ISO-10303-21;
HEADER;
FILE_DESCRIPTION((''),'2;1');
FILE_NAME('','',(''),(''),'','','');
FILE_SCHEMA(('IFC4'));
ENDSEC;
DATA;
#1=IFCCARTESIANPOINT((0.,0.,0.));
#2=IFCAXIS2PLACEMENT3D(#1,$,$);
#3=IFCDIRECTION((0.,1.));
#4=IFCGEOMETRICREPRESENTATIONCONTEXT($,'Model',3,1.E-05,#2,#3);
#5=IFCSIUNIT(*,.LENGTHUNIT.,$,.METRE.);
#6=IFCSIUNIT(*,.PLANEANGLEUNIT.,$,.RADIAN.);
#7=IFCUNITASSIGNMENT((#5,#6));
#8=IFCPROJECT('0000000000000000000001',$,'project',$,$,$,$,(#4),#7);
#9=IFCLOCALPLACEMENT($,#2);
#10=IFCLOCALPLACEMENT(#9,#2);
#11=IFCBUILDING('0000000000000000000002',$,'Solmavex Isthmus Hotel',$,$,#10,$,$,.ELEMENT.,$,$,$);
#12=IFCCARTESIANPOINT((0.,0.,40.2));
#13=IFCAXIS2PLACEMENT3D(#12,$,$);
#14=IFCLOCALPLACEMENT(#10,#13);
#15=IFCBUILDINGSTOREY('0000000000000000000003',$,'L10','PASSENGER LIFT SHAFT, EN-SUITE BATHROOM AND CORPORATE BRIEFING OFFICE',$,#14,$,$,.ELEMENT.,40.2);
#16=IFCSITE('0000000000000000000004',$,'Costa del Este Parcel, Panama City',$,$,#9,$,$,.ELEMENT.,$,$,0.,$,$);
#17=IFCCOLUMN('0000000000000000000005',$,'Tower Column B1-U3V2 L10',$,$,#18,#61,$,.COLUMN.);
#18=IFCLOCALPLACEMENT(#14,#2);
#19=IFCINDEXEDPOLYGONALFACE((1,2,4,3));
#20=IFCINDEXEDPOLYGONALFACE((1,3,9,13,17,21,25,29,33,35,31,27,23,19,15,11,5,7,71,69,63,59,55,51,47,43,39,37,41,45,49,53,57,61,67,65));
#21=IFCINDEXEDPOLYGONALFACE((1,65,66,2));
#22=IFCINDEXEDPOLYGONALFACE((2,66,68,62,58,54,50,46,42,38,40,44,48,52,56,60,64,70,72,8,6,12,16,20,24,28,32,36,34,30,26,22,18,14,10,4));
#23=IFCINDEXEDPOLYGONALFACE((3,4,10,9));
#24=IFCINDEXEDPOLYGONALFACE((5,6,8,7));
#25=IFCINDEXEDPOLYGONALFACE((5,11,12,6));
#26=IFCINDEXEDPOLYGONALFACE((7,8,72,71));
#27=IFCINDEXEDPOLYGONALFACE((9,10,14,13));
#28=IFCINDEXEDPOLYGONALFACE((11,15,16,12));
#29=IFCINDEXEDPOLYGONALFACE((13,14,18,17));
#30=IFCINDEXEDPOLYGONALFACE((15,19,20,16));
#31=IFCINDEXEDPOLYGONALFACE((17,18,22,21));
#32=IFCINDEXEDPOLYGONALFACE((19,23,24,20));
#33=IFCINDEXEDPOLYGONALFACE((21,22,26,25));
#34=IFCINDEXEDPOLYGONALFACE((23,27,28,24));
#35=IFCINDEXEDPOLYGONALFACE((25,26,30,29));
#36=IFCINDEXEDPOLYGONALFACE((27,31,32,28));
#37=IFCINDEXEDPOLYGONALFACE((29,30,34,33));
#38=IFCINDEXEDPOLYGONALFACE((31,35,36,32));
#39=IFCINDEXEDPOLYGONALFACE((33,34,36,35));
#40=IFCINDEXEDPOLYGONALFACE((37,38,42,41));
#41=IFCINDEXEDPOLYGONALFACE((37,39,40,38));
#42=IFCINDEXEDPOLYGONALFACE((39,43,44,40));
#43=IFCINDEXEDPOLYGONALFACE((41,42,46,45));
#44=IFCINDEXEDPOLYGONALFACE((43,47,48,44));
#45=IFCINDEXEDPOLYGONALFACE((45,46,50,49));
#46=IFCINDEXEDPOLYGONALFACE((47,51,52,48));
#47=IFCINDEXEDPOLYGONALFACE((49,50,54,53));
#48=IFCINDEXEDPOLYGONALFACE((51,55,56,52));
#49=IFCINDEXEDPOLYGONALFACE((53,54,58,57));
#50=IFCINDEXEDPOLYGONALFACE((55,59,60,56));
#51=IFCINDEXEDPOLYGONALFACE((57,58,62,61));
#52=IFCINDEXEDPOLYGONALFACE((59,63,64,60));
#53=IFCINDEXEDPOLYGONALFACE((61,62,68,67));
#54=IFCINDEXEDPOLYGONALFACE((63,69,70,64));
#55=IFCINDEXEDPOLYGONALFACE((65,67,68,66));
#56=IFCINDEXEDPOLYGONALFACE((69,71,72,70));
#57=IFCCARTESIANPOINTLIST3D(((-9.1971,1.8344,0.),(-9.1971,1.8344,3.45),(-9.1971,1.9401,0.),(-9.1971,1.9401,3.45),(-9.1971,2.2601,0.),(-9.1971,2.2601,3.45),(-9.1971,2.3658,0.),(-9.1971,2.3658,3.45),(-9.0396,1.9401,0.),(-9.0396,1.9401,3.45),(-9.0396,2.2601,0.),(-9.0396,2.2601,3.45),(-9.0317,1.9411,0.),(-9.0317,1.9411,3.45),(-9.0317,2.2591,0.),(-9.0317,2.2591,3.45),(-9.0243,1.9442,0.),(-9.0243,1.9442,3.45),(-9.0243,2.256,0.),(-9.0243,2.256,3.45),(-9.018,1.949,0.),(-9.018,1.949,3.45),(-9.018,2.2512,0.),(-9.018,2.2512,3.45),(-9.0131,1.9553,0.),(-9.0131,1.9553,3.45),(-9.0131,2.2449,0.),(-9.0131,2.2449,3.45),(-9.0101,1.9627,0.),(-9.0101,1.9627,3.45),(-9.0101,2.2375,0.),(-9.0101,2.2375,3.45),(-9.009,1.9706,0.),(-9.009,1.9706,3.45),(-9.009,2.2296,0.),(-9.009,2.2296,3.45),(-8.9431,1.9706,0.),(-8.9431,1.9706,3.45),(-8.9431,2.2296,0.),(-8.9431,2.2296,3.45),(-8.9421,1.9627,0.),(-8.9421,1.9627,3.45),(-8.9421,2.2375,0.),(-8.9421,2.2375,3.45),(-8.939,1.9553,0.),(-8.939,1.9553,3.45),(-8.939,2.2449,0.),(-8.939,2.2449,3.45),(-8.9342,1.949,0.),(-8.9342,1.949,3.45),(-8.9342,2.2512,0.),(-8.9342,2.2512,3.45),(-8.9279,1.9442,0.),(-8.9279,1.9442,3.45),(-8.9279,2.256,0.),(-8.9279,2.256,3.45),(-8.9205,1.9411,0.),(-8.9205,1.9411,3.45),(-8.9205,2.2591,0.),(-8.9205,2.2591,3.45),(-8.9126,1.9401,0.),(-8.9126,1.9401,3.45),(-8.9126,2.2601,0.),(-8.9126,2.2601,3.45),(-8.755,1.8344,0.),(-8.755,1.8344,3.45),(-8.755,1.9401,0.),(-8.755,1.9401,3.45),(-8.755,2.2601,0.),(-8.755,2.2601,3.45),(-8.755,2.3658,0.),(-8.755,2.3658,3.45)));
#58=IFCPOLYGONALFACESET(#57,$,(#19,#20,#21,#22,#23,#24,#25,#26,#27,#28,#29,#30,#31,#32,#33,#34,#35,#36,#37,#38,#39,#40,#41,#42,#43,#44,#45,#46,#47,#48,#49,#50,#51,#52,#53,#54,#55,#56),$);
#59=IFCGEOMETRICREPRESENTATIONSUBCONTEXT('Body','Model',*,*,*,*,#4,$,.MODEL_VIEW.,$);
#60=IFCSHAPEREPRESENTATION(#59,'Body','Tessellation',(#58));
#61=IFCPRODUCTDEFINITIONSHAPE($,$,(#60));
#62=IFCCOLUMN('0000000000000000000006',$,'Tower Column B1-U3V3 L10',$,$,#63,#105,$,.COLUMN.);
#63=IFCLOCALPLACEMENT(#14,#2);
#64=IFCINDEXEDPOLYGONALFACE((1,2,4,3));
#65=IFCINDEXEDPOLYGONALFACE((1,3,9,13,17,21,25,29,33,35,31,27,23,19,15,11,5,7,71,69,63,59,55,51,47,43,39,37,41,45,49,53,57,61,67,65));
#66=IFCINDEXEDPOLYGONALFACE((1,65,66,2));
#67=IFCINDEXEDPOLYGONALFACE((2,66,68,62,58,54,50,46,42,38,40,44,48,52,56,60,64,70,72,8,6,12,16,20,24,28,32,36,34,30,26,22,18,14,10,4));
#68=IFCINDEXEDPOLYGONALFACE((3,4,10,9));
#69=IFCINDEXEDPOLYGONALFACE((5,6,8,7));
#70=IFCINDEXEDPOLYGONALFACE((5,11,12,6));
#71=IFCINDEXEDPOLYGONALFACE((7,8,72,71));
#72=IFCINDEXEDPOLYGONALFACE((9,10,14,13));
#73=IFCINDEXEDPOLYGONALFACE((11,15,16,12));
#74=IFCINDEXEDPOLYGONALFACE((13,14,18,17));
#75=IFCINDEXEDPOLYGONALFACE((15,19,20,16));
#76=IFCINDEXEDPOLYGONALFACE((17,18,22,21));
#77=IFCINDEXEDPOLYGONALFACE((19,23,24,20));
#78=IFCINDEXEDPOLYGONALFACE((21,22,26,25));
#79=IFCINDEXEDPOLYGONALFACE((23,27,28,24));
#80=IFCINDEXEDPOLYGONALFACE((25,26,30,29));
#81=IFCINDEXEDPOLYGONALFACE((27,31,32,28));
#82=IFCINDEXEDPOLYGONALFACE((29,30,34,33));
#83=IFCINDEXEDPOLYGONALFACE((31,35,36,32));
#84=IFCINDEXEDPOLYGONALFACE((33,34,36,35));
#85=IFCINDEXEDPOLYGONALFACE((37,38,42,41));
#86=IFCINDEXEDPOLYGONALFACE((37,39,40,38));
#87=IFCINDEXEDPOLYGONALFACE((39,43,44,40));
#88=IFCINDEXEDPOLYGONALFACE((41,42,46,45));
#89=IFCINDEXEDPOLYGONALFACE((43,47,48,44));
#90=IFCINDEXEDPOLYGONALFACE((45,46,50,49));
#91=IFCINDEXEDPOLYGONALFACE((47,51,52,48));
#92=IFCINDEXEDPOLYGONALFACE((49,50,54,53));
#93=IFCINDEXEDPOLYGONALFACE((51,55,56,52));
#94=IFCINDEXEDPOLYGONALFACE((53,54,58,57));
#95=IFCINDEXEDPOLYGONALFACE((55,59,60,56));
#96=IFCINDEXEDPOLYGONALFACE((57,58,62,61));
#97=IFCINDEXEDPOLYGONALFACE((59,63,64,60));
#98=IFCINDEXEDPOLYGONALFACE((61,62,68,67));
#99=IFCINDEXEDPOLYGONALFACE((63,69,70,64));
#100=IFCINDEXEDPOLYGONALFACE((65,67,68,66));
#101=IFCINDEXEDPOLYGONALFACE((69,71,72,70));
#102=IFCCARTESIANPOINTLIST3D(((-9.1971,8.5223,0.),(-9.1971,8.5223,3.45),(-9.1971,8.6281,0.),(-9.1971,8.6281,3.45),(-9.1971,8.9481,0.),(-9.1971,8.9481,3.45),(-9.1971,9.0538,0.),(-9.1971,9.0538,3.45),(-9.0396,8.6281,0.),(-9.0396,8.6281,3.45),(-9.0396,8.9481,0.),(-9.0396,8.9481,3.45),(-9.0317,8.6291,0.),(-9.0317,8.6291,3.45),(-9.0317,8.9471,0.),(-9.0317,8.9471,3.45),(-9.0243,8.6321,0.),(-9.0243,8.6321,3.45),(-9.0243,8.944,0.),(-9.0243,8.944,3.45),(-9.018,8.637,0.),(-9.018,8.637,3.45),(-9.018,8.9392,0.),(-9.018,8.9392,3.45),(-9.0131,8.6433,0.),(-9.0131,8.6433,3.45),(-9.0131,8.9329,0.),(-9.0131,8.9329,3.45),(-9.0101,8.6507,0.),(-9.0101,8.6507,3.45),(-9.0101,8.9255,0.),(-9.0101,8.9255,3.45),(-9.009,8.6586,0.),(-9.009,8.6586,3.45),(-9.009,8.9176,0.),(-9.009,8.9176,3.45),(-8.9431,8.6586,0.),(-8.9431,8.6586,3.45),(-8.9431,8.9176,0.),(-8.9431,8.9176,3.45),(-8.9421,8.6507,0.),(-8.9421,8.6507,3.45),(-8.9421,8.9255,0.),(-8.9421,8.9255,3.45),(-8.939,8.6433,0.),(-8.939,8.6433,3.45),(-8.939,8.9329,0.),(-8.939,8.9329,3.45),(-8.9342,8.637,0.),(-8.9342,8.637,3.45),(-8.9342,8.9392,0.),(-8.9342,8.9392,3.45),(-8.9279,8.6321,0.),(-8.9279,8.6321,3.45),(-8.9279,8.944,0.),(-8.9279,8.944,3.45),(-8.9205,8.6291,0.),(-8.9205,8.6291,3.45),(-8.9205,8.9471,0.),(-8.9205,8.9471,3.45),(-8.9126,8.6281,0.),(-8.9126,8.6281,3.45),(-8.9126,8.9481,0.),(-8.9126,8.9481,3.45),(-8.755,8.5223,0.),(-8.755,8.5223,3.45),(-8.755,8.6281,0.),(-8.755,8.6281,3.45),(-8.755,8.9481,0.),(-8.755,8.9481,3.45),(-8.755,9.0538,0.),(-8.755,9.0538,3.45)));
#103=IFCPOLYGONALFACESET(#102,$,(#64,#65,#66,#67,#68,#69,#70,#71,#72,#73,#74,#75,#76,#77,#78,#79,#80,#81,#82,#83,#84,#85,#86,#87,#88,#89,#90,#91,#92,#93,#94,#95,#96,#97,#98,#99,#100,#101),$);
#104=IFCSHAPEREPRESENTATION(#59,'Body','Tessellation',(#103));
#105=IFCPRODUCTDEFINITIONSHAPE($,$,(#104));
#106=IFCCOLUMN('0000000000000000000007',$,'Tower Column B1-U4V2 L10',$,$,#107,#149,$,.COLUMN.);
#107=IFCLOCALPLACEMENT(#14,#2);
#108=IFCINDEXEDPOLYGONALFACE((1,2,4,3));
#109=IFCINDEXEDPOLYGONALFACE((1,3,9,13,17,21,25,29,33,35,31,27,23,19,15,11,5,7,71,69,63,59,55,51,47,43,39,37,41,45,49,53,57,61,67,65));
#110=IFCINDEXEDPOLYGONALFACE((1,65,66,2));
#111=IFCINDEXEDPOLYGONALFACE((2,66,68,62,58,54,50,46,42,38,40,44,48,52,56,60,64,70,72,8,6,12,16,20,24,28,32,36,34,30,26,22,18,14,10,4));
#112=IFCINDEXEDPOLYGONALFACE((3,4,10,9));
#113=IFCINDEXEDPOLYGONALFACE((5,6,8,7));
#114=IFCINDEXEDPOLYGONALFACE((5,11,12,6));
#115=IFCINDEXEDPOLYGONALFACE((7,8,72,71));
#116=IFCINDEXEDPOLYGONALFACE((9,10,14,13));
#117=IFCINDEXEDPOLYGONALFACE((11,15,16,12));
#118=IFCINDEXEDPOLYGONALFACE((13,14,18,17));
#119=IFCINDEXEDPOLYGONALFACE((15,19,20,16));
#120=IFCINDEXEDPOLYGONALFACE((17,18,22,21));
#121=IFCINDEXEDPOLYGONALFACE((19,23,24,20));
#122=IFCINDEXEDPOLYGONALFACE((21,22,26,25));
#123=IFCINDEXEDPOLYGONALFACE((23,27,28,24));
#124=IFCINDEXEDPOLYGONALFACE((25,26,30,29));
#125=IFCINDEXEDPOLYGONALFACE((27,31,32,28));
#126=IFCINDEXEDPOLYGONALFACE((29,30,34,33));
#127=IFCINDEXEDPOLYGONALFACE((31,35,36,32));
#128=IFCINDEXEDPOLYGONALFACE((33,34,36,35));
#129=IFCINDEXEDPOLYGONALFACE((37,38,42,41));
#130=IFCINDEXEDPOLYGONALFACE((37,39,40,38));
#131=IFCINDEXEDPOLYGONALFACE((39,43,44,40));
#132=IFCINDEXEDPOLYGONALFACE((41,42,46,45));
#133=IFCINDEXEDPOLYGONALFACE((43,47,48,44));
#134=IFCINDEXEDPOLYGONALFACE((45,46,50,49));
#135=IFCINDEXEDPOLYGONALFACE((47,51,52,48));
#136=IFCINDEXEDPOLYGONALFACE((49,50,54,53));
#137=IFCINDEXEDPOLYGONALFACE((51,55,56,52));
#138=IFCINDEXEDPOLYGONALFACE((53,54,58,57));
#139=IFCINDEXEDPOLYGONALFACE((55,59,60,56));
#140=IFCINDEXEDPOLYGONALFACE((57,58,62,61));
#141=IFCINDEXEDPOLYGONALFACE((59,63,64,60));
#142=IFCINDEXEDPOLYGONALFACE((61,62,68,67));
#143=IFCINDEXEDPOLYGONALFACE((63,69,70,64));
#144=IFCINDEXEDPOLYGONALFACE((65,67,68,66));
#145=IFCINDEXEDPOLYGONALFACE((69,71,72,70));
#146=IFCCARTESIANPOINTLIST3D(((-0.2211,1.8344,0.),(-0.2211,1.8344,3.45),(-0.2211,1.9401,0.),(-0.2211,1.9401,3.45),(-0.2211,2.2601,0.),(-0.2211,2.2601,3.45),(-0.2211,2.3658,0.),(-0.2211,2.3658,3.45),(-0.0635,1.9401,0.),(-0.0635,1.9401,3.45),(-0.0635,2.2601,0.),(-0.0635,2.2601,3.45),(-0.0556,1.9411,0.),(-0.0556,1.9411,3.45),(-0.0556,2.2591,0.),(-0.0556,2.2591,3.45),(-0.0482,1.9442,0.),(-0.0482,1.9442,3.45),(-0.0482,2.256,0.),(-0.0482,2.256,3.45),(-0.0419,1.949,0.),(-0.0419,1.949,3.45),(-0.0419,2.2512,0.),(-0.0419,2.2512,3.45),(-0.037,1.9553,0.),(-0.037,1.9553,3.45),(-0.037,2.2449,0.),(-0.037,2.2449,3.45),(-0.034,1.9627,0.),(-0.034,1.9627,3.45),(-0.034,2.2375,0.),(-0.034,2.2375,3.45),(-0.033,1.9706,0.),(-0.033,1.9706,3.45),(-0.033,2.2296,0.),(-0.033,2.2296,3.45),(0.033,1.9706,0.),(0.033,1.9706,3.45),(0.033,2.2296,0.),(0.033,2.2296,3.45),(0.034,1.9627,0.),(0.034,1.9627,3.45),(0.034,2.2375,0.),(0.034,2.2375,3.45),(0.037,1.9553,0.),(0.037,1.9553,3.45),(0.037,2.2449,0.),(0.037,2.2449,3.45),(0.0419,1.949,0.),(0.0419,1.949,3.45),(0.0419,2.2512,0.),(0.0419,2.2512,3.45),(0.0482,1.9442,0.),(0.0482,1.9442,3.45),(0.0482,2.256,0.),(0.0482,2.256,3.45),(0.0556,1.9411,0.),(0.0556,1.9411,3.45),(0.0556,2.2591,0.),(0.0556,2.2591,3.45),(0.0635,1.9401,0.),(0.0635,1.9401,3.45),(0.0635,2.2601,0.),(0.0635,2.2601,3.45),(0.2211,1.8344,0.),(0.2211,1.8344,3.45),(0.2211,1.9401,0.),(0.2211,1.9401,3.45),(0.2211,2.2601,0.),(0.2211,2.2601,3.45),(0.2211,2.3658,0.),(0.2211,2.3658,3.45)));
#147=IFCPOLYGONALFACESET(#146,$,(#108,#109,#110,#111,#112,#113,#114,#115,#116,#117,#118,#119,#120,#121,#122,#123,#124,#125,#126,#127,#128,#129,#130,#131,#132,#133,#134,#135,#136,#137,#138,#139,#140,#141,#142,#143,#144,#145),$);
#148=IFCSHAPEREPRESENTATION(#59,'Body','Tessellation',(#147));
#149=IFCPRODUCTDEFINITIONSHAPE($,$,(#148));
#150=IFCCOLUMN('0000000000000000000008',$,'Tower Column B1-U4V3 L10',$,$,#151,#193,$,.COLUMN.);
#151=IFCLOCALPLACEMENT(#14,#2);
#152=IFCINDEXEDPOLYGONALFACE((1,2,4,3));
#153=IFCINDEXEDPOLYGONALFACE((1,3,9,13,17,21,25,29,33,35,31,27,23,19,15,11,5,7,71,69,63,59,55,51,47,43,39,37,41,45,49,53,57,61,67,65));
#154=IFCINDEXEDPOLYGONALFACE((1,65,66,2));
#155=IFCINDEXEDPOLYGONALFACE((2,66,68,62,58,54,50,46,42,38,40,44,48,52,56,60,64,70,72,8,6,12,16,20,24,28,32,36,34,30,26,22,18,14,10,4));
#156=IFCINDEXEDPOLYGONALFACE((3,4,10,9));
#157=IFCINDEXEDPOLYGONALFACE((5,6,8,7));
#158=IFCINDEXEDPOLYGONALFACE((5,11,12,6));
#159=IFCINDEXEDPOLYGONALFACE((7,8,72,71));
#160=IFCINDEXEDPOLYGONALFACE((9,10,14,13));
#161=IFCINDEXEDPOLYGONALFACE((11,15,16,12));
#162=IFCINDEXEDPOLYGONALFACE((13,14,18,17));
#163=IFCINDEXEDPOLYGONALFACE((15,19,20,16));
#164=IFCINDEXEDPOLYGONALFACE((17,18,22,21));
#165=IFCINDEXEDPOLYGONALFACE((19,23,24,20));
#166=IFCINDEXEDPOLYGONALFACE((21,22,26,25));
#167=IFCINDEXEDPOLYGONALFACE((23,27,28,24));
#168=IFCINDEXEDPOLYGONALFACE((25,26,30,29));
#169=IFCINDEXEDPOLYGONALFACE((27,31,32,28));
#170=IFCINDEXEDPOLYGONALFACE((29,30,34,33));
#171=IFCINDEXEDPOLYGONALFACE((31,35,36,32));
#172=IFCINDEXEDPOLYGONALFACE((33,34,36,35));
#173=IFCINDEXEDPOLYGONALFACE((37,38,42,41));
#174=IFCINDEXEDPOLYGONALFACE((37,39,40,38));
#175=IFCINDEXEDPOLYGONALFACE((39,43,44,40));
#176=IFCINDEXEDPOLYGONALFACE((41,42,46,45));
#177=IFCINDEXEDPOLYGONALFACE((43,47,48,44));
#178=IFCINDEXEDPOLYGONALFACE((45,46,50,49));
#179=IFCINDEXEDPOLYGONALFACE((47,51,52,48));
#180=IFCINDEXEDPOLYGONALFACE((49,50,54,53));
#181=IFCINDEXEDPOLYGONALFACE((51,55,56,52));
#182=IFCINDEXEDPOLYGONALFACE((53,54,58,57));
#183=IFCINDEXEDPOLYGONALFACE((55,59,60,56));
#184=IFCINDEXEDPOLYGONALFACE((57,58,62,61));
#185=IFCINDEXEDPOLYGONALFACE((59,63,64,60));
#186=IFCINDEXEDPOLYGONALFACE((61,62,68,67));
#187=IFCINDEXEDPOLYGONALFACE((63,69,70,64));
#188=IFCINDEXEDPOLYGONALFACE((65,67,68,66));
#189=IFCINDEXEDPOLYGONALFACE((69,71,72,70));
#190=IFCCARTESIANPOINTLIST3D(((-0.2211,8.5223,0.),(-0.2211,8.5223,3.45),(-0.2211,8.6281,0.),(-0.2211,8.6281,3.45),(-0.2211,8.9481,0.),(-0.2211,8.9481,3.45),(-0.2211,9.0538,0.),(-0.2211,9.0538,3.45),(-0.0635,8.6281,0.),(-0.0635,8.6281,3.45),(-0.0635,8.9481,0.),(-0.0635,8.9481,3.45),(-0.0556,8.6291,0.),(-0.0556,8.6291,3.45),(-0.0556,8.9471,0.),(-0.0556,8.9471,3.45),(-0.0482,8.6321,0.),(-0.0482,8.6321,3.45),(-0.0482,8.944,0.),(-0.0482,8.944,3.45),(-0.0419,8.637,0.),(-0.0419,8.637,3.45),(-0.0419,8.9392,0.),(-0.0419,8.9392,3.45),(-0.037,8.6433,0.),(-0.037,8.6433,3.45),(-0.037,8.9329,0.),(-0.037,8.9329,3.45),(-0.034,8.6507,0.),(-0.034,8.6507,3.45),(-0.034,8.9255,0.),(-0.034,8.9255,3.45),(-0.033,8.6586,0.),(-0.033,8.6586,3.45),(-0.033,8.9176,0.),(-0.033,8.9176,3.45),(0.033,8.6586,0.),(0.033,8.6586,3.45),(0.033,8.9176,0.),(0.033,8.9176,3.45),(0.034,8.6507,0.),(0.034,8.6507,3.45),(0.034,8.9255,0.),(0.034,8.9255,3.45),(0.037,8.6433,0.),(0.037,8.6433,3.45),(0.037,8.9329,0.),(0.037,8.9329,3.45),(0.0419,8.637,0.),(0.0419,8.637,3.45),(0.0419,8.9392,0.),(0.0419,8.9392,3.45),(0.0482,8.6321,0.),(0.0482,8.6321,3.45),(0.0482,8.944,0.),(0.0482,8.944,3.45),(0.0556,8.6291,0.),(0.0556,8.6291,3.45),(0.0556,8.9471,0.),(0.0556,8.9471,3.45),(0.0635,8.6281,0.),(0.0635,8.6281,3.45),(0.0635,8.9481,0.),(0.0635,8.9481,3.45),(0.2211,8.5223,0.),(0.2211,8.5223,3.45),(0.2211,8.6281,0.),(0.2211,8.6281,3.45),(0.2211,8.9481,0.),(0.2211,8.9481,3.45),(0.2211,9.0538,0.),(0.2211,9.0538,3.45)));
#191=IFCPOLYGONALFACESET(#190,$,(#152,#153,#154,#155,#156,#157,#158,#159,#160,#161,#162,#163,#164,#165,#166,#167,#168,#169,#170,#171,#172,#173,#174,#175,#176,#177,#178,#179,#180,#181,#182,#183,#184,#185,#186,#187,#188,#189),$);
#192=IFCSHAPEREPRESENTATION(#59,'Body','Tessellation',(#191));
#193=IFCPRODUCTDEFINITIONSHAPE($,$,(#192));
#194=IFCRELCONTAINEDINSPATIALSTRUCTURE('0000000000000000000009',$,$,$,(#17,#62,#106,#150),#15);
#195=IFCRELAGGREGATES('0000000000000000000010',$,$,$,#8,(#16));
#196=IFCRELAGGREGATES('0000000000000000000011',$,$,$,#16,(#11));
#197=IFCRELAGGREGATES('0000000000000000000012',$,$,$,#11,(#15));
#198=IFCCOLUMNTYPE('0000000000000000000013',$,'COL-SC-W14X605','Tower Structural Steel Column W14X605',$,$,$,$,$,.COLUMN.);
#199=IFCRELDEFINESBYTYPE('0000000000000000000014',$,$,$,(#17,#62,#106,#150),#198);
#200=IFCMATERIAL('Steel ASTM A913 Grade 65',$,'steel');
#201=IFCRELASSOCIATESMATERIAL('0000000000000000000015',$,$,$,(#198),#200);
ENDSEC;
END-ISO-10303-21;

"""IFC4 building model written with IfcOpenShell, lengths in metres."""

from ifc_helpers import new_model, si_unit, direction, frame, origin, origin_2d, place, context, subcontext, project, spatial, i_section, extrude, material, material_profile, profile_set, type_object, element, save


model = new_model("IFC4")

# Units and contexts
model_context = context("Model", 3, precision=1e-05, world=origin(), true_north=direction((0.0, 1.0)))
body_context = subcontext(model_context, "Body", "Model", "MODEL_VIEW")
ifc_project = project(units=[si_unit("LENGTHUNIT", "METRE"), si_unit("PLANEANGLEUNIT", "RADIAN")], contexts=[model_context])

# Site, building, storey
site_placement = place(None, origin())
site = spatial("IfcSite", under=ifc_project, at=site_placement, Name="Costa del Este Parcel, Panama City", CompositionType="ELEMENT", RefElevation=0.0)
building_placement = place(site_placement, origin())
building = spatial("IfcBuilding", under=site, at=building_placement, Name="Solmavex Isthmus Hotel", CompositionType="ELEMENT")
storey_placement = place(building_placement, frame((0.0, 0.0, 40.2)))
storey = spatial("IfcBuildingStorey", under=building, at=storey_placement, Name="L10", Description="PASSENGER LIFT SHAFT, EN-SUITE BATHROOM AND CORPORATE BRIEFING OFFICE", CompositionType="ELEMENT", Elevation=40.2)

# Columns
ifc_material_1 = material(Name="Steel ASTM A913 Grade 65", Category="steel")
ifc_material_profile_1 = material_profile(ifc_material_1, i_section(OverallWidth=0.4421, OverallDepth=0.5315, WebThickness=0.0659, FlangeThickness=0.1057, FilletRadius=0.0305, at=origin_2d()), Name="W14X605")
ifc_profile_set_1 = profile_set([ifc_material_profile_1], Name="Steel ASTM A913 Grade 65")
column_type = type_object("IfcColumnType", Name="COL-SC-W14X605", Description="Tower Structural Steel Column W14X605", PredefinedType="COLUMN", material=ifc_profile_set_1)
for number, where, z_axis, x_axis, name in (
    (1, (-8.9761, 2.1001, 0.0), (0.0, 0.0, 1.0), (1.0, 0.0, 0.0), "Tower Column B1-U3V2 L10"),
    (2, (-8.9761, 8.7881, 0.0), (0.0, 0.0, 1.0), (1.0, 0.0, 0.0), "Tower Column B1-U3V3 L10"),
    (3, (0.0, 2.1001, 0.0), (0.0, 0.0, 1.0), (1.0, 0.0, 0.0), "Tower Column B1-U4V2 L10"),
    (4, (0.0, 8.7881, 0.0), (0.0, 0.0, 1.0), (1.0, 0.0, 0.0), "Tower Column B1-U4V3 L10"),
):
    element("IfcColumn", number, at=place(storey_placement, frame(where, z_axis=z_axis, x_axis=x_axis)), inside=storey, type_object=column_type, Name=name, PredefinedType="COLUMN", context=body_context, shape_type="SweptSolid", body=[
        extrude(i_section(OverallWidth=0.4421, OverallDepth=0.5315, WebThickness=0.0659, FlangeThickness=0.1057, FilletRadius=0.0305, at=origin_2d()), origin(), (0.0, 0.0, 1.0), 3.45),
    ])

save(model, "model.ifc")
